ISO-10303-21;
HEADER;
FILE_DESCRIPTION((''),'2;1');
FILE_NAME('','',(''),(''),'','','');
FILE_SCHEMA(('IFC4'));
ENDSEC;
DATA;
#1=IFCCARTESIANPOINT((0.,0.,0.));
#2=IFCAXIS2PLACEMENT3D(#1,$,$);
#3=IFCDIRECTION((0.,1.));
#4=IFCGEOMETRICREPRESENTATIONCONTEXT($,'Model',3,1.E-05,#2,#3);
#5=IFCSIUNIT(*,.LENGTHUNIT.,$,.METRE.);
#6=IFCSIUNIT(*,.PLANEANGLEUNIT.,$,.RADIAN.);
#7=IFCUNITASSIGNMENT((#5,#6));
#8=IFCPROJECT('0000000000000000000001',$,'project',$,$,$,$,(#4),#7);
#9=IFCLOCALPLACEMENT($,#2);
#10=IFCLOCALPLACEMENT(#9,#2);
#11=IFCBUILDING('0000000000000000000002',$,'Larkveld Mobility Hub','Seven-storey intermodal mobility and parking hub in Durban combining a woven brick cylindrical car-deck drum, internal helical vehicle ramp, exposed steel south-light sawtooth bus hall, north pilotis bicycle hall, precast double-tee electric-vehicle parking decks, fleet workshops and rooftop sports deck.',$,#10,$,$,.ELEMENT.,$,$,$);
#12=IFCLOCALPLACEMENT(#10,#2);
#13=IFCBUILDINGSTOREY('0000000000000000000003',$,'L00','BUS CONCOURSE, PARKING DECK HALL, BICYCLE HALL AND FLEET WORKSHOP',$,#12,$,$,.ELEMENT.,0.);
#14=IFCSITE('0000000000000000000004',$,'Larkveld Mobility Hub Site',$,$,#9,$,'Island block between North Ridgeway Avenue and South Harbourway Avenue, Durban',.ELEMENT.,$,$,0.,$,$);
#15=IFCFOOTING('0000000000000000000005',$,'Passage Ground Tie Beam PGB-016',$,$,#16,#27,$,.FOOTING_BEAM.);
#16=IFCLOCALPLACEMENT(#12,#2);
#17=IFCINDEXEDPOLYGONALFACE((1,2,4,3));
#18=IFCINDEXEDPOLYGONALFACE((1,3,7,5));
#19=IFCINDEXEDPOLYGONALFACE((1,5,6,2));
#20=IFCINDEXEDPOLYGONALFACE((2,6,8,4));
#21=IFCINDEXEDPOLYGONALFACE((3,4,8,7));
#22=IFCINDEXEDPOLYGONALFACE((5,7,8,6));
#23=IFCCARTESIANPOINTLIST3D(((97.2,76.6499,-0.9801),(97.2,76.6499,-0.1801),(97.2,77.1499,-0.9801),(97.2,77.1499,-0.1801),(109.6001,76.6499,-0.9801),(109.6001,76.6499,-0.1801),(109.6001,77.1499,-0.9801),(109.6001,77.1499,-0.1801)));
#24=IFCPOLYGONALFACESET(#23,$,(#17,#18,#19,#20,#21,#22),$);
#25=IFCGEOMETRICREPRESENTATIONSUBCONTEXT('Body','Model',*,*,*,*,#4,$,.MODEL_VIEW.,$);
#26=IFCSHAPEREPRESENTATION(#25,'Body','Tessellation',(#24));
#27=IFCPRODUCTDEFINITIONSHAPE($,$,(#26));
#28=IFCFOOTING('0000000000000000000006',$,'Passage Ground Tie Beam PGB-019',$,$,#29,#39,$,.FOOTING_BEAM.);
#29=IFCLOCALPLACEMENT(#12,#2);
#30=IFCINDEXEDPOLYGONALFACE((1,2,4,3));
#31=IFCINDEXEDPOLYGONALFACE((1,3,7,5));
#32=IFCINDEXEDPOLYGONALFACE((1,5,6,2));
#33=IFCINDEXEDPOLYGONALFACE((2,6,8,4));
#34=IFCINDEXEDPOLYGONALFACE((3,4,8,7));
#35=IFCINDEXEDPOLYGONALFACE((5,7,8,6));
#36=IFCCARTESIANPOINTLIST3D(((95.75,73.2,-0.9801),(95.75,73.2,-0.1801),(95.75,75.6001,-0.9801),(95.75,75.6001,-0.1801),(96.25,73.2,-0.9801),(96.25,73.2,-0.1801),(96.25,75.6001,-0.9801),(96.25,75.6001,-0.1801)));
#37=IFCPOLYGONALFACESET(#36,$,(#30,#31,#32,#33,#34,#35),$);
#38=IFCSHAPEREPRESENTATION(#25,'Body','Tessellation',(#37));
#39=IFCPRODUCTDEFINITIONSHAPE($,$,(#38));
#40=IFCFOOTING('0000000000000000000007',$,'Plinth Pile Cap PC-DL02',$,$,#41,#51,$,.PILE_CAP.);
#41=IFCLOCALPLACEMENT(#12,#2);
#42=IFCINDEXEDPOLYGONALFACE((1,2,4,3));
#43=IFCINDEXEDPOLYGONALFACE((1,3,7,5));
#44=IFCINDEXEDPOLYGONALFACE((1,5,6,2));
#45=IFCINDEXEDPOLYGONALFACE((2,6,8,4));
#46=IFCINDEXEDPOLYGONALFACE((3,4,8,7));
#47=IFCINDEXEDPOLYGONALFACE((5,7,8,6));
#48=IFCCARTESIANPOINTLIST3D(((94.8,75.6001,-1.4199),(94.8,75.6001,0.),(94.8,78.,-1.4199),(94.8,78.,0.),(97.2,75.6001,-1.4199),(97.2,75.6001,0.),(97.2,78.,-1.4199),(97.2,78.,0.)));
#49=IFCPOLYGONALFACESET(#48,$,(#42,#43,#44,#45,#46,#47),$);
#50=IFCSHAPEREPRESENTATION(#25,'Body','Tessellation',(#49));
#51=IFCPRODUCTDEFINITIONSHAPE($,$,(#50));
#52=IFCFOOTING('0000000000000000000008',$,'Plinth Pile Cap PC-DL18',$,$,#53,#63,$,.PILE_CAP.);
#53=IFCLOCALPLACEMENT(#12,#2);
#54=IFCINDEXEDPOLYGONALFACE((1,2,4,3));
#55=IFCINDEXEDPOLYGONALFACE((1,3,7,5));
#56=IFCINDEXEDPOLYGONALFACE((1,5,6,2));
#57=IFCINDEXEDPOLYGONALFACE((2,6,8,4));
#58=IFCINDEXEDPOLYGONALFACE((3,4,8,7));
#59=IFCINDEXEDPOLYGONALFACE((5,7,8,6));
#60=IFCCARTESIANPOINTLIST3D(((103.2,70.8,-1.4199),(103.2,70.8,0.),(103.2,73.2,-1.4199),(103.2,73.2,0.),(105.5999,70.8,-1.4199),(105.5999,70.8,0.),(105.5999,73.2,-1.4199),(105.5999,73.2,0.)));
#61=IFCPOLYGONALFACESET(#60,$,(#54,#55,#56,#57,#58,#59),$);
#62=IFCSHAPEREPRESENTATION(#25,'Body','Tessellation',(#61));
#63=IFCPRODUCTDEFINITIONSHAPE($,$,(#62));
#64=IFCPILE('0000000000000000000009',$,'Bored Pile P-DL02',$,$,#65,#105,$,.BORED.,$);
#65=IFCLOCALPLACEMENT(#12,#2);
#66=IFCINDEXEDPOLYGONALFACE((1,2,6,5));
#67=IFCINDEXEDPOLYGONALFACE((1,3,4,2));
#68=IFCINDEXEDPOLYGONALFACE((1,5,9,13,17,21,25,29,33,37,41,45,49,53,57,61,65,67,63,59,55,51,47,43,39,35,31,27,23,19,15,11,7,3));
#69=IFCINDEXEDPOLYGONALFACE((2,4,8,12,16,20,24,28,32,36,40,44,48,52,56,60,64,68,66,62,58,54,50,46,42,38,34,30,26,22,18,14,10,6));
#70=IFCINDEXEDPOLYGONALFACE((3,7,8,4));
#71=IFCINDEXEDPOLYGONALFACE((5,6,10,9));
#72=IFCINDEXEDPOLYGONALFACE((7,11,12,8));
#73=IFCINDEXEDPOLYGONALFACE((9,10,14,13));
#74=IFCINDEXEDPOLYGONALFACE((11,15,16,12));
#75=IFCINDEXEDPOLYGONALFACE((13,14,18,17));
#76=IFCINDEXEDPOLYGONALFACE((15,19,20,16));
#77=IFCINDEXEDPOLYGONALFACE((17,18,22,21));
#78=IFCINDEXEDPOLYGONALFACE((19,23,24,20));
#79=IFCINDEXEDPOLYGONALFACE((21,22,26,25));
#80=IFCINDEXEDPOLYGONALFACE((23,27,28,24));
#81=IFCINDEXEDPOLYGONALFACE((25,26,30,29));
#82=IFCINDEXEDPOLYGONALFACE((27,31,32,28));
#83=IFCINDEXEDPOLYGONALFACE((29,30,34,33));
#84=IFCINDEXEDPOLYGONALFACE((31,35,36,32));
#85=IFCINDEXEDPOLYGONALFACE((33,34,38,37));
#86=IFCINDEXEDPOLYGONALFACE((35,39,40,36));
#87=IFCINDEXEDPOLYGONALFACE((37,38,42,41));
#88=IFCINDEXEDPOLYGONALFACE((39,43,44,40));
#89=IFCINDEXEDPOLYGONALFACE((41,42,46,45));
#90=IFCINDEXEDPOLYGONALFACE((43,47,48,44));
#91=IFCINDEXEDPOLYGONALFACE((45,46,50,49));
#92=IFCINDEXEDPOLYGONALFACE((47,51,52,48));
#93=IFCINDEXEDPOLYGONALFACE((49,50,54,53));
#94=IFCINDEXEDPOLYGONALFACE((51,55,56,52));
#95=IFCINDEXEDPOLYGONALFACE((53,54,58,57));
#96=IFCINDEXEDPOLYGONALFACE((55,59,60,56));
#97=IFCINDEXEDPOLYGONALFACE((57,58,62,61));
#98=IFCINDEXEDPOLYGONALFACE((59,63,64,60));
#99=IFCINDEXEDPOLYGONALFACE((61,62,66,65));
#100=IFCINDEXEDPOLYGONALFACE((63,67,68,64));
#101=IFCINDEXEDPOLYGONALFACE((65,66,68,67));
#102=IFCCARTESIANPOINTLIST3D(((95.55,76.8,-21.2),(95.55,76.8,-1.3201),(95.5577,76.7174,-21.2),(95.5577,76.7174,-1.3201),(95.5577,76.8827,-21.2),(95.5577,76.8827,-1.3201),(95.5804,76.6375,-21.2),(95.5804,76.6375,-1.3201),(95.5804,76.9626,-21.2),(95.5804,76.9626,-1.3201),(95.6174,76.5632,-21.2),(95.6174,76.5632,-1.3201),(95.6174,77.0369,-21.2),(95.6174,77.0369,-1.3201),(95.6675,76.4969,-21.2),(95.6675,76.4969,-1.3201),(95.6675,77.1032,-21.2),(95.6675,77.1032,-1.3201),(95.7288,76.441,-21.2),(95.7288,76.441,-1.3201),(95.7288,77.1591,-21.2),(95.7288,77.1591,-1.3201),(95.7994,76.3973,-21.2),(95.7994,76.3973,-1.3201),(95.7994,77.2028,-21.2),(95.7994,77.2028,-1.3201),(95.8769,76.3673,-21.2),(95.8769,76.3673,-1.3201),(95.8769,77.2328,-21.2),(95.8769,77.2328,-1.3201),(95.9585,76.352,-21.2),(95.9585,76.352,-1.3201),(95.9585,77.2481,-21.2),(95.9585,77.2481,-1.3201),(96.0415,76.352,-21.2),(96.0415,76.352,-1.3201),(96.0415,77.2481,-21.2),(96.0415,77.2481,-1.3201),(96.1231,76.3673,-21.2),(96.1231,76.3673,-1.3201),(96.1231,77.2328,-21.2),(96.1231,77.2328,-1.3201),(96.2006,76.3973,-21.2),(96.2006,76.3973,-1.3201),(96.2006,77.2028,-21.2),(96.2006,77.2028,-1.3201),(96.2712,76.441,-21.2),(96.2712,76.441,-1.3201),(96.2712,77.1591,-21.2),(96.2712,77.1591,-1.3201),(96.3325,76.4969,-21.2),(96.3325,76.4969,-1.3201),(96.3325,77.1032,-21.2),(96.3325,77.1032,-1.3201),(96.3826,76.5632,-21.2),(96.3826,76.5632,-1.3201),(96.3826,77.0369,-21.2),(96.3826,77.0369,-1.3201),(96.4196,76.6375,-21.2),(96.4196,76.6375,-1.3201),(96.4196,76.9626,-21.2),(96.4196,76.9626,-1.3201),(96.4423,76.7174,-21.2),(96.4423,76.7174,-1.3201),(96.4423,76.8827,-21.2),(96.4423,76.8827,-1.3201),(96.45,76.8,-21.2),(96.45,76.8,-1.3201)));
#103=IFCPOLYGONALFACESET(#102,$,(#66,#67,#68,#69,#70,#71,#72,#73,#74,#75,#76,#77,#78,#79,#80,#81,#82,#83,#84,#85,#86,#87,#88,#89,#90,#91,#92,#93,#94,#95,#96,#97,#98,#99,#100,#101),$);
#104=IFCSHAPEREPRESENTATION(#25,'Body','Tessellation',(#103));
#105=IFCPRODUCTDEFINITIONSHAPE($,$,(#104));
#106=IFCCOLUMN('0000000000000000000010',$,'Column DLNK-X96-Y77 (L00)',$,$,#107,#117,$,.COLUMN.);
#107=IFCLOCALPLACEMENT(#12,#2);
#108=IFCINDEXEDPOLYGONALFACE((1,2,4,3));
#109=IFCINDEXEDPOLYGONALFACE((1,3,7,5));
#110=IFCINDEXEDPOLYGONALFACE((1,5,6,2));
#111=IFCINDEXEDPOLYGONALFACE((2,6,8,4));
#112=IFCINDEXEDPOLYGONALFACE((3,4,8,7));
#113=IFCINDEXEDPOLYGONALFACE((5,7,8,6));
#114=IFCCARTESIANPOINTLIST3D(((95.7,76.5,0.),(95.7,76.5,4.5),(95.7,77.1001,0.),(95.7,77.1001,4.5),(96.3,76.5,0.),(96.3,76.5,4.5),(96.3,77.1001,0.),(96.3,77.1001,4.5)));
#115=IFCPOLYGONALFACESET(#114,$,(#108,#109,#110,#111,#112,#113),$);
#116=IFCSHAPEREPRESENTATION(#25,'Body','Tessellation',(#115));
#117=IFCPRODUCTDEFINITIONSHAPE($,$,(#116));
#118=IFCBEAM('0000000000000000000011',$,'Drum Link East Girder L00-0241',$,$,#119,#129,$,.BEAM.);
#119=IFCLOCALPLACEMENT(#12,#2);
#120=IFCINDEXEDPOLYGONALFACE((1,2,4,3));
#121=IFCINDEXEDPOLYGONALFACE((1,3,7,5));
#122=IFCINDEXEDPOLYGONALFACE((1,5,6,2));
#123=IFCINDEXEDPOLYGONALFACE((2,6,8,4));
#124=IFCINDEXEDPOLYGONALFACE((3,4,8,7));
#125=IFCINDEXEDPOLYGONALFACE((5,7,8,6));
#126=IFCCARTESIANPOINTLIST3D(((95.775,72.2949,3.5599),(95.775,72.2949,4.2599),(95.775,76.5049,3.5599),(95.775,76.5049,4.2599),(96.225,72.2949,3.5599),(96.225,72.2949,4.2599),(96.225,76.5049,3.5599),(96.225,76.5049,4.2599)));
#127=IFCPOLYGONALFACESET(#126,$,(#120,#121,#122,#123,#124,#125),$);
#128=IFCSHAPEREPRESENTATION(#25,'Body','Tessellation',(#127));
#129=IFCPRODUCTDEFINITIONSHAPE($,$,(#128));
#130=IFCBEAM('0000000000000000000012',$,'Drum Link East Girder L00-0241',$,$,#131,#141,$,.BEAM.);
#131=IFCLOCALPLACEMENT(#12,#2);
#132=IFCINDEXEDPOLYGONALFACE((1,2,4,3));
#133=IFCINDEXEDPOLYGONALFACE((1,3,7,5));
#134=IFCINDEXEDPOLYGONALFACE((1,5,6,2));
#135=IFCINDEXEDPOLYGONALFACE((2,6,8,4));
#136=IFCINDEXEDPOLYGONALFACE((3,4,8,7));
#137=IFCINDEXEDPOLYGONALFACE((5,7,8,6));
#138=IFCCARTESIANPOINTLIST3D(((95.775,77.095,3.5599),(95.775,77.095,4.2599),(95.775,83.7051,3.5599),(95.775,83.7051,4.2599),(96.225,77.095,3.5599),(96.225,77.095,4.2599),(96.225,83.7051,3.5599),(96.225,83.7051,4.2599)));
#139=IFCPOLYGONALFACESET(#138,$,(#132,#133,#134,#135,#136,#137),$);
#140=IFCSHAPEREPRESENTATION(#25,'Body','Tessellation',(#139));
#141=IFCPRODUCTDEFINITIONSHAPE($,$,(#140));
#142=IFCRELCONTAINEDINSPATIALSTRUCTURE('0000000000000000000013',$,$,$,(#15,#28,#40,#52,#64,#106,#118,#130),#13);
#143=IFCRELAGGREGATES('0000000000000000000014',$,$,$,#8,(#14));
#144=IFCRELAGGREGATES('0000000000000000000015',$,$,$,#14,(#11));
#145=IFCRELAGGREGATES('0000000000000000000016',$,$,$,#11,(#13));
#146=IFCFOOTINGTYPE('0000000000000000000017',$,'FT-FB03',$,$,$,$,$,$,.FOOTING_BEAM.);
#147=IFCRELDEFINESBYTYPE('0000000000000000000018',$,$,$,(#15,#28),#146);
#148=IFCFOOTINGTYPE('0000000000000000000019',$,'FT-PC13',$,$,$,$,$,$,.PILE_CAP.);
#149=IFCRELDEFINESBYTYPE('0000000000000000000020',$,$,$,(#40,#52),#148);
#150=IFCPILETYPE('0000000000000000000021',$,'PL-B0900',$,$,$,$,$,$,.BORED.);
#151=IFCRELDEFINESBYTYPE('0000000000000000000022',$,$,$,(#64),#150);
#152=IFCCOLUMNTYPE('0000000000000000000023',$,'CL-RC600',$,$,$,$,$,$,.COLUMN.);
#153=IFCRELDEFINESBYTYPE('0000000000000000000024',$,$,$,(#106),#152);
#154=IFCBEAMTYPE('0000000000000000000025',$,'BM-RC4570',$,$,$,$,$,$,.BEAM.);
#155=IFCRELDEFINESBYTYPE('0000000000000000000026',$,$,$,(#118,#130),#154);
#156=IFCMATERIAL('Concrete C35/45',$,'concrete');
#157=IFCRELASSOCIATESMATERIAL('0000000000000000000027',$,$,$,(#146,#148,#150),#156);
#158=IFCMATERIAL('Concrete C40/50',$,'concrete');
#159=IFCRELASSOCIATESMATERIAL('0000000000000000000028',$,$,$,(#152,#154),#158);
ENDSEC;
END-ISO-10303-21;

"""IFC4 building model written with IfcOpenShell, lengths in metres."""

from ifc_helpers import new_model, si_unit, direction, frame, origin, origin_2d, place, context, subcontext, project, spatial, rectangle, circle, extrude, material, material_profile, profile_set, type_object, element, save


model = new_model("IFC4")

# Units and contexts
model_context = context("Model", 3, precision=1e-05, world=origin(), true_north=direction((0.0, 1.0)))
body_context = subcontext(model_context, "Body", "Model", "MODEL_VIEW")
ifc_project = project(units=[si_unit("LENGTHUNIT", "METRE"), si_unit("PLANEANGLEUNIT", "RADIAN")], contexts=[model_context])

# Site, building, storey
site_placement = place(None, origin())
site = spatial("IfcSite", under=ifc_project, at=site_placement, Name="Larkveld Mobility Hub Site", LongName="Island block between North Ridgeway Avenue and South Harbourway Avenue, Durban", CompositionType="ELEMENT", RefElevation=0.0)
building_placement = place(site_placement, origin())
building = spatial("IfcBuilding", under=site, at=building_placement, Name="Larkveld Mobility Hub", Description="Seven-storey intermodal mobility and parking hub in Durban combining a woven brick cylindrical car-deck drum, internal helical vehicle ramp, exposed steel south-light sawtooth bus hall, north pilotis bicycle hall, precast double-tee electric-vehicle parking decks, fleet workshops and rooftop sports deck.", CompositionType="ELEMENT")
storey_placement = place(building_placement, origin())
storey = spatial("IfcBuildingStorey", under=building, at=storey_placement, Name="L00", Description="BUS CONCOURSE, PARKING DECK HALL, BICYCLE HALL AND FLEET WORKSHOP", CompositionType="ELEMENT", Elevation=0.0)

# Footings
ifc_material_1 = material(Name="Concrete C35/45", Category="concrete")
ifc_material_profile_1 = material_profile(ifc_material_1, rectangle(XDim=0.5, YDim=0.8, at=origin_2d()), Name="RC BM 500x800")
ifc_profile_set_1 = profile_set([ifc_material_profile_1], Name="Concrete C35/45")
footing_type_1 = type_object("IfcFootingType", Name="FT-FB03", PredefinedType="FOOTING_BEAM", material=ifc_profile_set_1)
footing_1_placement = place(storey_placement, frame((97.2, 76.8999, -0.5801), z_axis=(1.0, 0.0, 0.0), x_axis=(0.0, 1.0, 0.0)))
element("IfcFooting", 1, at=footing_1_placement, inside=storey, type_object=footing_type_1, Name="Passage Ground Tie Beam PGB-016", PredefinedType="FOOTING_BEAM", context=body_context, shape_type="SweptSolid", body=[
    extrude(rectangle(XDim=0.5, YDim=0.8, at=origin_2d()), origin(), (0.0, 0.0, 1.0), 12.4001),
])
footing_2_placement = place(storey_placement, frame((96.0, 73.2, -0.5801), z_axis=(0.0, 1.0, 0.0), x_axis=(-1.0, 0.0, 0.0)))
element("IfcFooting", 2, at=footing_2_placement, inside=storey, type_object=footing_type_1, Name="Passage Ground Tie Beam PGB-019", PredefinedType="FOOTING_BEAM", context=body_context, shape_type="SweptSolid", body=[
    extrude(rectangle(XDim=0.5, YDim=0.8, at=origin_2d()), origin(), (0.0, 0.0, 1.0), 2.4001),
])
footing_type_2 = type_object("IfcFootingType", Name="FT-PC13", PredefinedType="PILE_CAP", material=ifc_material_1)
for number, where, z_axis, x_axis, name in (
    (3, (96.0, 76.8, -1.4199), (0.0, 0.0, 1.0), (1.0, 0.0, 0.0), "Plinth Pile Cap PC-DL02"),
    (4, (104.3999, 72.0, -1.4199), (0.0, 0.0, 1.0), (1.0, 0.0, 0.0), "Plinth Pile Cap PC-DL18"),
):
    element("IfcFooting", number, at=place(storey_placement, frame(where, z_axis=z_axis, x_axis=x_axis)), inside=storey, type_object=footing_type_2, Name=name, PredefinedType="PILE_CAP", context=body_context, shape_type="SweptSolid", body=[
        extrude(rectangle(XDim=2.3999, YDim=2.3999, at=origin_2d()), origin(), (0.0, 0.0, 1.0), 1.4199),
    ])

# Pile
ifc_material_profile_2 = material_profile(ifc_material_1, circle(Radius=0.45, at=origin_2d()), Name="PILE D900")
ifc_profile_set_2 = profile_set([ifc_material_profile_2], Name="Concrete C35/45")
pile_type = type_object("IfcPileType", Name="PL-B0900", PredefinedType="BORED", material=ifc_profile_set_2)
pile_placement = place(storey_placement, frame((96.0, 76.8, -1.3201), z_axis=(0.0, 0.0, -1.0), x_axis=(1.0, 0.0, 0.0)))
element("IfcPile", 5, at=pile_placement, inside=storey, type_object=pile_type, Name="Bored Pile P-DL02", PredefinedType="BORED", context=body_context, shape_type="SweptSolid", body=[
    extrude(circle(Radius=0.45, at=origin_2d()), origin(), (0.0, 0.0, 1.0), 19.8799),
])

# Column
ifc_material_2 = material(Name="Concrete C40/50", Category="concrete")
ifc_material_profile_3 = material_profile(ifc_material_2, rectangle(XDim=0.6001, YDim=0.6001, at=origin_2d()), Name="RC COL 600x600")
ifc_profile_set_3 = profile_set([ifc_material_profile_3], Name="Concrete C40/50")
column_type = type_object("IfcColumnType", Name="CL-RC600", PredefinedType="COLUMN", material=ifc_profile_set_3)
column_placement = place(storey_placement, frame((96.0, 76.8, 0.0), z_axis=(0.0, 0.0, 1.0), x_axis=(1.0, 0.0, 0.0)))
element("IfcColumn", 6, at=column_placement, inside=storey, type_object=column_type, Name="Column DLNK-X96-Y77 (L00)", PredefinedType="COLUMN", context=body_context, shape_type="SweptSolid", body=[
    extrude(rectangle(XDim=0.6001, YDim=0.6001, at=origin_2d()), origin(), (0.0, 0.0, 1.0), 4.5),
])

# Beams
ifc_material_profile_4 = material_profile(ifc_material_2, rectangle(XDim=0.45, YDim=0.7, at=origin_2d()), Name="RC BM 450x700")
ifc_profile_set_4 = profile_set([ifc_material_profile_4], Name="Concrete C40/50")
beam_type = type_object("IfcBeamType", Name="BM-RC4570", PredefinedType="BEAM", material=ifc_profile_set_4)
beam_1_placement = place(storey_placement, frame((96.0, 72.2949, 3.9099), z_axis=(0.0, 1.0, 0.0), x_axis=(-1.0, 0.0, 0.0)))
element("IfcBeam", 7, at=beam_1_placement, inside=storey, type_object=beam_type, Name="Drum Link East Girder L00-0241", PredefinedType="BEAM", context=body_context, shape_type="SweptSolid", body=[
    extrude(rectangle(XDim=0.45, YDim=0.7, at=origin_2d()), origin(), (0.0, 0.0, 1.0), 4.21),
])
beam_2_placement = place(storey_placement, frame((96.0, 77.095, 3.9099), z_axis=(0.0, 1.0, 0.0), x_axis=(-1.0, 0.0, 0.0)))
element("IfcBeam", 8, at=beam_2_placement, inside=storey, type_object=beam_type, Name="Drum Link East Girder L00-0241", PredefinedType="BEAM", context=body_context, shape_type="SweptSolid", body=[
    extrude(rectangle(XDim=0.45, YDim=0.7, at=origin_2d()), origin(), (0.0, 0.0, 1.0), 6.6101),
])

save(model, "model.ifc")
